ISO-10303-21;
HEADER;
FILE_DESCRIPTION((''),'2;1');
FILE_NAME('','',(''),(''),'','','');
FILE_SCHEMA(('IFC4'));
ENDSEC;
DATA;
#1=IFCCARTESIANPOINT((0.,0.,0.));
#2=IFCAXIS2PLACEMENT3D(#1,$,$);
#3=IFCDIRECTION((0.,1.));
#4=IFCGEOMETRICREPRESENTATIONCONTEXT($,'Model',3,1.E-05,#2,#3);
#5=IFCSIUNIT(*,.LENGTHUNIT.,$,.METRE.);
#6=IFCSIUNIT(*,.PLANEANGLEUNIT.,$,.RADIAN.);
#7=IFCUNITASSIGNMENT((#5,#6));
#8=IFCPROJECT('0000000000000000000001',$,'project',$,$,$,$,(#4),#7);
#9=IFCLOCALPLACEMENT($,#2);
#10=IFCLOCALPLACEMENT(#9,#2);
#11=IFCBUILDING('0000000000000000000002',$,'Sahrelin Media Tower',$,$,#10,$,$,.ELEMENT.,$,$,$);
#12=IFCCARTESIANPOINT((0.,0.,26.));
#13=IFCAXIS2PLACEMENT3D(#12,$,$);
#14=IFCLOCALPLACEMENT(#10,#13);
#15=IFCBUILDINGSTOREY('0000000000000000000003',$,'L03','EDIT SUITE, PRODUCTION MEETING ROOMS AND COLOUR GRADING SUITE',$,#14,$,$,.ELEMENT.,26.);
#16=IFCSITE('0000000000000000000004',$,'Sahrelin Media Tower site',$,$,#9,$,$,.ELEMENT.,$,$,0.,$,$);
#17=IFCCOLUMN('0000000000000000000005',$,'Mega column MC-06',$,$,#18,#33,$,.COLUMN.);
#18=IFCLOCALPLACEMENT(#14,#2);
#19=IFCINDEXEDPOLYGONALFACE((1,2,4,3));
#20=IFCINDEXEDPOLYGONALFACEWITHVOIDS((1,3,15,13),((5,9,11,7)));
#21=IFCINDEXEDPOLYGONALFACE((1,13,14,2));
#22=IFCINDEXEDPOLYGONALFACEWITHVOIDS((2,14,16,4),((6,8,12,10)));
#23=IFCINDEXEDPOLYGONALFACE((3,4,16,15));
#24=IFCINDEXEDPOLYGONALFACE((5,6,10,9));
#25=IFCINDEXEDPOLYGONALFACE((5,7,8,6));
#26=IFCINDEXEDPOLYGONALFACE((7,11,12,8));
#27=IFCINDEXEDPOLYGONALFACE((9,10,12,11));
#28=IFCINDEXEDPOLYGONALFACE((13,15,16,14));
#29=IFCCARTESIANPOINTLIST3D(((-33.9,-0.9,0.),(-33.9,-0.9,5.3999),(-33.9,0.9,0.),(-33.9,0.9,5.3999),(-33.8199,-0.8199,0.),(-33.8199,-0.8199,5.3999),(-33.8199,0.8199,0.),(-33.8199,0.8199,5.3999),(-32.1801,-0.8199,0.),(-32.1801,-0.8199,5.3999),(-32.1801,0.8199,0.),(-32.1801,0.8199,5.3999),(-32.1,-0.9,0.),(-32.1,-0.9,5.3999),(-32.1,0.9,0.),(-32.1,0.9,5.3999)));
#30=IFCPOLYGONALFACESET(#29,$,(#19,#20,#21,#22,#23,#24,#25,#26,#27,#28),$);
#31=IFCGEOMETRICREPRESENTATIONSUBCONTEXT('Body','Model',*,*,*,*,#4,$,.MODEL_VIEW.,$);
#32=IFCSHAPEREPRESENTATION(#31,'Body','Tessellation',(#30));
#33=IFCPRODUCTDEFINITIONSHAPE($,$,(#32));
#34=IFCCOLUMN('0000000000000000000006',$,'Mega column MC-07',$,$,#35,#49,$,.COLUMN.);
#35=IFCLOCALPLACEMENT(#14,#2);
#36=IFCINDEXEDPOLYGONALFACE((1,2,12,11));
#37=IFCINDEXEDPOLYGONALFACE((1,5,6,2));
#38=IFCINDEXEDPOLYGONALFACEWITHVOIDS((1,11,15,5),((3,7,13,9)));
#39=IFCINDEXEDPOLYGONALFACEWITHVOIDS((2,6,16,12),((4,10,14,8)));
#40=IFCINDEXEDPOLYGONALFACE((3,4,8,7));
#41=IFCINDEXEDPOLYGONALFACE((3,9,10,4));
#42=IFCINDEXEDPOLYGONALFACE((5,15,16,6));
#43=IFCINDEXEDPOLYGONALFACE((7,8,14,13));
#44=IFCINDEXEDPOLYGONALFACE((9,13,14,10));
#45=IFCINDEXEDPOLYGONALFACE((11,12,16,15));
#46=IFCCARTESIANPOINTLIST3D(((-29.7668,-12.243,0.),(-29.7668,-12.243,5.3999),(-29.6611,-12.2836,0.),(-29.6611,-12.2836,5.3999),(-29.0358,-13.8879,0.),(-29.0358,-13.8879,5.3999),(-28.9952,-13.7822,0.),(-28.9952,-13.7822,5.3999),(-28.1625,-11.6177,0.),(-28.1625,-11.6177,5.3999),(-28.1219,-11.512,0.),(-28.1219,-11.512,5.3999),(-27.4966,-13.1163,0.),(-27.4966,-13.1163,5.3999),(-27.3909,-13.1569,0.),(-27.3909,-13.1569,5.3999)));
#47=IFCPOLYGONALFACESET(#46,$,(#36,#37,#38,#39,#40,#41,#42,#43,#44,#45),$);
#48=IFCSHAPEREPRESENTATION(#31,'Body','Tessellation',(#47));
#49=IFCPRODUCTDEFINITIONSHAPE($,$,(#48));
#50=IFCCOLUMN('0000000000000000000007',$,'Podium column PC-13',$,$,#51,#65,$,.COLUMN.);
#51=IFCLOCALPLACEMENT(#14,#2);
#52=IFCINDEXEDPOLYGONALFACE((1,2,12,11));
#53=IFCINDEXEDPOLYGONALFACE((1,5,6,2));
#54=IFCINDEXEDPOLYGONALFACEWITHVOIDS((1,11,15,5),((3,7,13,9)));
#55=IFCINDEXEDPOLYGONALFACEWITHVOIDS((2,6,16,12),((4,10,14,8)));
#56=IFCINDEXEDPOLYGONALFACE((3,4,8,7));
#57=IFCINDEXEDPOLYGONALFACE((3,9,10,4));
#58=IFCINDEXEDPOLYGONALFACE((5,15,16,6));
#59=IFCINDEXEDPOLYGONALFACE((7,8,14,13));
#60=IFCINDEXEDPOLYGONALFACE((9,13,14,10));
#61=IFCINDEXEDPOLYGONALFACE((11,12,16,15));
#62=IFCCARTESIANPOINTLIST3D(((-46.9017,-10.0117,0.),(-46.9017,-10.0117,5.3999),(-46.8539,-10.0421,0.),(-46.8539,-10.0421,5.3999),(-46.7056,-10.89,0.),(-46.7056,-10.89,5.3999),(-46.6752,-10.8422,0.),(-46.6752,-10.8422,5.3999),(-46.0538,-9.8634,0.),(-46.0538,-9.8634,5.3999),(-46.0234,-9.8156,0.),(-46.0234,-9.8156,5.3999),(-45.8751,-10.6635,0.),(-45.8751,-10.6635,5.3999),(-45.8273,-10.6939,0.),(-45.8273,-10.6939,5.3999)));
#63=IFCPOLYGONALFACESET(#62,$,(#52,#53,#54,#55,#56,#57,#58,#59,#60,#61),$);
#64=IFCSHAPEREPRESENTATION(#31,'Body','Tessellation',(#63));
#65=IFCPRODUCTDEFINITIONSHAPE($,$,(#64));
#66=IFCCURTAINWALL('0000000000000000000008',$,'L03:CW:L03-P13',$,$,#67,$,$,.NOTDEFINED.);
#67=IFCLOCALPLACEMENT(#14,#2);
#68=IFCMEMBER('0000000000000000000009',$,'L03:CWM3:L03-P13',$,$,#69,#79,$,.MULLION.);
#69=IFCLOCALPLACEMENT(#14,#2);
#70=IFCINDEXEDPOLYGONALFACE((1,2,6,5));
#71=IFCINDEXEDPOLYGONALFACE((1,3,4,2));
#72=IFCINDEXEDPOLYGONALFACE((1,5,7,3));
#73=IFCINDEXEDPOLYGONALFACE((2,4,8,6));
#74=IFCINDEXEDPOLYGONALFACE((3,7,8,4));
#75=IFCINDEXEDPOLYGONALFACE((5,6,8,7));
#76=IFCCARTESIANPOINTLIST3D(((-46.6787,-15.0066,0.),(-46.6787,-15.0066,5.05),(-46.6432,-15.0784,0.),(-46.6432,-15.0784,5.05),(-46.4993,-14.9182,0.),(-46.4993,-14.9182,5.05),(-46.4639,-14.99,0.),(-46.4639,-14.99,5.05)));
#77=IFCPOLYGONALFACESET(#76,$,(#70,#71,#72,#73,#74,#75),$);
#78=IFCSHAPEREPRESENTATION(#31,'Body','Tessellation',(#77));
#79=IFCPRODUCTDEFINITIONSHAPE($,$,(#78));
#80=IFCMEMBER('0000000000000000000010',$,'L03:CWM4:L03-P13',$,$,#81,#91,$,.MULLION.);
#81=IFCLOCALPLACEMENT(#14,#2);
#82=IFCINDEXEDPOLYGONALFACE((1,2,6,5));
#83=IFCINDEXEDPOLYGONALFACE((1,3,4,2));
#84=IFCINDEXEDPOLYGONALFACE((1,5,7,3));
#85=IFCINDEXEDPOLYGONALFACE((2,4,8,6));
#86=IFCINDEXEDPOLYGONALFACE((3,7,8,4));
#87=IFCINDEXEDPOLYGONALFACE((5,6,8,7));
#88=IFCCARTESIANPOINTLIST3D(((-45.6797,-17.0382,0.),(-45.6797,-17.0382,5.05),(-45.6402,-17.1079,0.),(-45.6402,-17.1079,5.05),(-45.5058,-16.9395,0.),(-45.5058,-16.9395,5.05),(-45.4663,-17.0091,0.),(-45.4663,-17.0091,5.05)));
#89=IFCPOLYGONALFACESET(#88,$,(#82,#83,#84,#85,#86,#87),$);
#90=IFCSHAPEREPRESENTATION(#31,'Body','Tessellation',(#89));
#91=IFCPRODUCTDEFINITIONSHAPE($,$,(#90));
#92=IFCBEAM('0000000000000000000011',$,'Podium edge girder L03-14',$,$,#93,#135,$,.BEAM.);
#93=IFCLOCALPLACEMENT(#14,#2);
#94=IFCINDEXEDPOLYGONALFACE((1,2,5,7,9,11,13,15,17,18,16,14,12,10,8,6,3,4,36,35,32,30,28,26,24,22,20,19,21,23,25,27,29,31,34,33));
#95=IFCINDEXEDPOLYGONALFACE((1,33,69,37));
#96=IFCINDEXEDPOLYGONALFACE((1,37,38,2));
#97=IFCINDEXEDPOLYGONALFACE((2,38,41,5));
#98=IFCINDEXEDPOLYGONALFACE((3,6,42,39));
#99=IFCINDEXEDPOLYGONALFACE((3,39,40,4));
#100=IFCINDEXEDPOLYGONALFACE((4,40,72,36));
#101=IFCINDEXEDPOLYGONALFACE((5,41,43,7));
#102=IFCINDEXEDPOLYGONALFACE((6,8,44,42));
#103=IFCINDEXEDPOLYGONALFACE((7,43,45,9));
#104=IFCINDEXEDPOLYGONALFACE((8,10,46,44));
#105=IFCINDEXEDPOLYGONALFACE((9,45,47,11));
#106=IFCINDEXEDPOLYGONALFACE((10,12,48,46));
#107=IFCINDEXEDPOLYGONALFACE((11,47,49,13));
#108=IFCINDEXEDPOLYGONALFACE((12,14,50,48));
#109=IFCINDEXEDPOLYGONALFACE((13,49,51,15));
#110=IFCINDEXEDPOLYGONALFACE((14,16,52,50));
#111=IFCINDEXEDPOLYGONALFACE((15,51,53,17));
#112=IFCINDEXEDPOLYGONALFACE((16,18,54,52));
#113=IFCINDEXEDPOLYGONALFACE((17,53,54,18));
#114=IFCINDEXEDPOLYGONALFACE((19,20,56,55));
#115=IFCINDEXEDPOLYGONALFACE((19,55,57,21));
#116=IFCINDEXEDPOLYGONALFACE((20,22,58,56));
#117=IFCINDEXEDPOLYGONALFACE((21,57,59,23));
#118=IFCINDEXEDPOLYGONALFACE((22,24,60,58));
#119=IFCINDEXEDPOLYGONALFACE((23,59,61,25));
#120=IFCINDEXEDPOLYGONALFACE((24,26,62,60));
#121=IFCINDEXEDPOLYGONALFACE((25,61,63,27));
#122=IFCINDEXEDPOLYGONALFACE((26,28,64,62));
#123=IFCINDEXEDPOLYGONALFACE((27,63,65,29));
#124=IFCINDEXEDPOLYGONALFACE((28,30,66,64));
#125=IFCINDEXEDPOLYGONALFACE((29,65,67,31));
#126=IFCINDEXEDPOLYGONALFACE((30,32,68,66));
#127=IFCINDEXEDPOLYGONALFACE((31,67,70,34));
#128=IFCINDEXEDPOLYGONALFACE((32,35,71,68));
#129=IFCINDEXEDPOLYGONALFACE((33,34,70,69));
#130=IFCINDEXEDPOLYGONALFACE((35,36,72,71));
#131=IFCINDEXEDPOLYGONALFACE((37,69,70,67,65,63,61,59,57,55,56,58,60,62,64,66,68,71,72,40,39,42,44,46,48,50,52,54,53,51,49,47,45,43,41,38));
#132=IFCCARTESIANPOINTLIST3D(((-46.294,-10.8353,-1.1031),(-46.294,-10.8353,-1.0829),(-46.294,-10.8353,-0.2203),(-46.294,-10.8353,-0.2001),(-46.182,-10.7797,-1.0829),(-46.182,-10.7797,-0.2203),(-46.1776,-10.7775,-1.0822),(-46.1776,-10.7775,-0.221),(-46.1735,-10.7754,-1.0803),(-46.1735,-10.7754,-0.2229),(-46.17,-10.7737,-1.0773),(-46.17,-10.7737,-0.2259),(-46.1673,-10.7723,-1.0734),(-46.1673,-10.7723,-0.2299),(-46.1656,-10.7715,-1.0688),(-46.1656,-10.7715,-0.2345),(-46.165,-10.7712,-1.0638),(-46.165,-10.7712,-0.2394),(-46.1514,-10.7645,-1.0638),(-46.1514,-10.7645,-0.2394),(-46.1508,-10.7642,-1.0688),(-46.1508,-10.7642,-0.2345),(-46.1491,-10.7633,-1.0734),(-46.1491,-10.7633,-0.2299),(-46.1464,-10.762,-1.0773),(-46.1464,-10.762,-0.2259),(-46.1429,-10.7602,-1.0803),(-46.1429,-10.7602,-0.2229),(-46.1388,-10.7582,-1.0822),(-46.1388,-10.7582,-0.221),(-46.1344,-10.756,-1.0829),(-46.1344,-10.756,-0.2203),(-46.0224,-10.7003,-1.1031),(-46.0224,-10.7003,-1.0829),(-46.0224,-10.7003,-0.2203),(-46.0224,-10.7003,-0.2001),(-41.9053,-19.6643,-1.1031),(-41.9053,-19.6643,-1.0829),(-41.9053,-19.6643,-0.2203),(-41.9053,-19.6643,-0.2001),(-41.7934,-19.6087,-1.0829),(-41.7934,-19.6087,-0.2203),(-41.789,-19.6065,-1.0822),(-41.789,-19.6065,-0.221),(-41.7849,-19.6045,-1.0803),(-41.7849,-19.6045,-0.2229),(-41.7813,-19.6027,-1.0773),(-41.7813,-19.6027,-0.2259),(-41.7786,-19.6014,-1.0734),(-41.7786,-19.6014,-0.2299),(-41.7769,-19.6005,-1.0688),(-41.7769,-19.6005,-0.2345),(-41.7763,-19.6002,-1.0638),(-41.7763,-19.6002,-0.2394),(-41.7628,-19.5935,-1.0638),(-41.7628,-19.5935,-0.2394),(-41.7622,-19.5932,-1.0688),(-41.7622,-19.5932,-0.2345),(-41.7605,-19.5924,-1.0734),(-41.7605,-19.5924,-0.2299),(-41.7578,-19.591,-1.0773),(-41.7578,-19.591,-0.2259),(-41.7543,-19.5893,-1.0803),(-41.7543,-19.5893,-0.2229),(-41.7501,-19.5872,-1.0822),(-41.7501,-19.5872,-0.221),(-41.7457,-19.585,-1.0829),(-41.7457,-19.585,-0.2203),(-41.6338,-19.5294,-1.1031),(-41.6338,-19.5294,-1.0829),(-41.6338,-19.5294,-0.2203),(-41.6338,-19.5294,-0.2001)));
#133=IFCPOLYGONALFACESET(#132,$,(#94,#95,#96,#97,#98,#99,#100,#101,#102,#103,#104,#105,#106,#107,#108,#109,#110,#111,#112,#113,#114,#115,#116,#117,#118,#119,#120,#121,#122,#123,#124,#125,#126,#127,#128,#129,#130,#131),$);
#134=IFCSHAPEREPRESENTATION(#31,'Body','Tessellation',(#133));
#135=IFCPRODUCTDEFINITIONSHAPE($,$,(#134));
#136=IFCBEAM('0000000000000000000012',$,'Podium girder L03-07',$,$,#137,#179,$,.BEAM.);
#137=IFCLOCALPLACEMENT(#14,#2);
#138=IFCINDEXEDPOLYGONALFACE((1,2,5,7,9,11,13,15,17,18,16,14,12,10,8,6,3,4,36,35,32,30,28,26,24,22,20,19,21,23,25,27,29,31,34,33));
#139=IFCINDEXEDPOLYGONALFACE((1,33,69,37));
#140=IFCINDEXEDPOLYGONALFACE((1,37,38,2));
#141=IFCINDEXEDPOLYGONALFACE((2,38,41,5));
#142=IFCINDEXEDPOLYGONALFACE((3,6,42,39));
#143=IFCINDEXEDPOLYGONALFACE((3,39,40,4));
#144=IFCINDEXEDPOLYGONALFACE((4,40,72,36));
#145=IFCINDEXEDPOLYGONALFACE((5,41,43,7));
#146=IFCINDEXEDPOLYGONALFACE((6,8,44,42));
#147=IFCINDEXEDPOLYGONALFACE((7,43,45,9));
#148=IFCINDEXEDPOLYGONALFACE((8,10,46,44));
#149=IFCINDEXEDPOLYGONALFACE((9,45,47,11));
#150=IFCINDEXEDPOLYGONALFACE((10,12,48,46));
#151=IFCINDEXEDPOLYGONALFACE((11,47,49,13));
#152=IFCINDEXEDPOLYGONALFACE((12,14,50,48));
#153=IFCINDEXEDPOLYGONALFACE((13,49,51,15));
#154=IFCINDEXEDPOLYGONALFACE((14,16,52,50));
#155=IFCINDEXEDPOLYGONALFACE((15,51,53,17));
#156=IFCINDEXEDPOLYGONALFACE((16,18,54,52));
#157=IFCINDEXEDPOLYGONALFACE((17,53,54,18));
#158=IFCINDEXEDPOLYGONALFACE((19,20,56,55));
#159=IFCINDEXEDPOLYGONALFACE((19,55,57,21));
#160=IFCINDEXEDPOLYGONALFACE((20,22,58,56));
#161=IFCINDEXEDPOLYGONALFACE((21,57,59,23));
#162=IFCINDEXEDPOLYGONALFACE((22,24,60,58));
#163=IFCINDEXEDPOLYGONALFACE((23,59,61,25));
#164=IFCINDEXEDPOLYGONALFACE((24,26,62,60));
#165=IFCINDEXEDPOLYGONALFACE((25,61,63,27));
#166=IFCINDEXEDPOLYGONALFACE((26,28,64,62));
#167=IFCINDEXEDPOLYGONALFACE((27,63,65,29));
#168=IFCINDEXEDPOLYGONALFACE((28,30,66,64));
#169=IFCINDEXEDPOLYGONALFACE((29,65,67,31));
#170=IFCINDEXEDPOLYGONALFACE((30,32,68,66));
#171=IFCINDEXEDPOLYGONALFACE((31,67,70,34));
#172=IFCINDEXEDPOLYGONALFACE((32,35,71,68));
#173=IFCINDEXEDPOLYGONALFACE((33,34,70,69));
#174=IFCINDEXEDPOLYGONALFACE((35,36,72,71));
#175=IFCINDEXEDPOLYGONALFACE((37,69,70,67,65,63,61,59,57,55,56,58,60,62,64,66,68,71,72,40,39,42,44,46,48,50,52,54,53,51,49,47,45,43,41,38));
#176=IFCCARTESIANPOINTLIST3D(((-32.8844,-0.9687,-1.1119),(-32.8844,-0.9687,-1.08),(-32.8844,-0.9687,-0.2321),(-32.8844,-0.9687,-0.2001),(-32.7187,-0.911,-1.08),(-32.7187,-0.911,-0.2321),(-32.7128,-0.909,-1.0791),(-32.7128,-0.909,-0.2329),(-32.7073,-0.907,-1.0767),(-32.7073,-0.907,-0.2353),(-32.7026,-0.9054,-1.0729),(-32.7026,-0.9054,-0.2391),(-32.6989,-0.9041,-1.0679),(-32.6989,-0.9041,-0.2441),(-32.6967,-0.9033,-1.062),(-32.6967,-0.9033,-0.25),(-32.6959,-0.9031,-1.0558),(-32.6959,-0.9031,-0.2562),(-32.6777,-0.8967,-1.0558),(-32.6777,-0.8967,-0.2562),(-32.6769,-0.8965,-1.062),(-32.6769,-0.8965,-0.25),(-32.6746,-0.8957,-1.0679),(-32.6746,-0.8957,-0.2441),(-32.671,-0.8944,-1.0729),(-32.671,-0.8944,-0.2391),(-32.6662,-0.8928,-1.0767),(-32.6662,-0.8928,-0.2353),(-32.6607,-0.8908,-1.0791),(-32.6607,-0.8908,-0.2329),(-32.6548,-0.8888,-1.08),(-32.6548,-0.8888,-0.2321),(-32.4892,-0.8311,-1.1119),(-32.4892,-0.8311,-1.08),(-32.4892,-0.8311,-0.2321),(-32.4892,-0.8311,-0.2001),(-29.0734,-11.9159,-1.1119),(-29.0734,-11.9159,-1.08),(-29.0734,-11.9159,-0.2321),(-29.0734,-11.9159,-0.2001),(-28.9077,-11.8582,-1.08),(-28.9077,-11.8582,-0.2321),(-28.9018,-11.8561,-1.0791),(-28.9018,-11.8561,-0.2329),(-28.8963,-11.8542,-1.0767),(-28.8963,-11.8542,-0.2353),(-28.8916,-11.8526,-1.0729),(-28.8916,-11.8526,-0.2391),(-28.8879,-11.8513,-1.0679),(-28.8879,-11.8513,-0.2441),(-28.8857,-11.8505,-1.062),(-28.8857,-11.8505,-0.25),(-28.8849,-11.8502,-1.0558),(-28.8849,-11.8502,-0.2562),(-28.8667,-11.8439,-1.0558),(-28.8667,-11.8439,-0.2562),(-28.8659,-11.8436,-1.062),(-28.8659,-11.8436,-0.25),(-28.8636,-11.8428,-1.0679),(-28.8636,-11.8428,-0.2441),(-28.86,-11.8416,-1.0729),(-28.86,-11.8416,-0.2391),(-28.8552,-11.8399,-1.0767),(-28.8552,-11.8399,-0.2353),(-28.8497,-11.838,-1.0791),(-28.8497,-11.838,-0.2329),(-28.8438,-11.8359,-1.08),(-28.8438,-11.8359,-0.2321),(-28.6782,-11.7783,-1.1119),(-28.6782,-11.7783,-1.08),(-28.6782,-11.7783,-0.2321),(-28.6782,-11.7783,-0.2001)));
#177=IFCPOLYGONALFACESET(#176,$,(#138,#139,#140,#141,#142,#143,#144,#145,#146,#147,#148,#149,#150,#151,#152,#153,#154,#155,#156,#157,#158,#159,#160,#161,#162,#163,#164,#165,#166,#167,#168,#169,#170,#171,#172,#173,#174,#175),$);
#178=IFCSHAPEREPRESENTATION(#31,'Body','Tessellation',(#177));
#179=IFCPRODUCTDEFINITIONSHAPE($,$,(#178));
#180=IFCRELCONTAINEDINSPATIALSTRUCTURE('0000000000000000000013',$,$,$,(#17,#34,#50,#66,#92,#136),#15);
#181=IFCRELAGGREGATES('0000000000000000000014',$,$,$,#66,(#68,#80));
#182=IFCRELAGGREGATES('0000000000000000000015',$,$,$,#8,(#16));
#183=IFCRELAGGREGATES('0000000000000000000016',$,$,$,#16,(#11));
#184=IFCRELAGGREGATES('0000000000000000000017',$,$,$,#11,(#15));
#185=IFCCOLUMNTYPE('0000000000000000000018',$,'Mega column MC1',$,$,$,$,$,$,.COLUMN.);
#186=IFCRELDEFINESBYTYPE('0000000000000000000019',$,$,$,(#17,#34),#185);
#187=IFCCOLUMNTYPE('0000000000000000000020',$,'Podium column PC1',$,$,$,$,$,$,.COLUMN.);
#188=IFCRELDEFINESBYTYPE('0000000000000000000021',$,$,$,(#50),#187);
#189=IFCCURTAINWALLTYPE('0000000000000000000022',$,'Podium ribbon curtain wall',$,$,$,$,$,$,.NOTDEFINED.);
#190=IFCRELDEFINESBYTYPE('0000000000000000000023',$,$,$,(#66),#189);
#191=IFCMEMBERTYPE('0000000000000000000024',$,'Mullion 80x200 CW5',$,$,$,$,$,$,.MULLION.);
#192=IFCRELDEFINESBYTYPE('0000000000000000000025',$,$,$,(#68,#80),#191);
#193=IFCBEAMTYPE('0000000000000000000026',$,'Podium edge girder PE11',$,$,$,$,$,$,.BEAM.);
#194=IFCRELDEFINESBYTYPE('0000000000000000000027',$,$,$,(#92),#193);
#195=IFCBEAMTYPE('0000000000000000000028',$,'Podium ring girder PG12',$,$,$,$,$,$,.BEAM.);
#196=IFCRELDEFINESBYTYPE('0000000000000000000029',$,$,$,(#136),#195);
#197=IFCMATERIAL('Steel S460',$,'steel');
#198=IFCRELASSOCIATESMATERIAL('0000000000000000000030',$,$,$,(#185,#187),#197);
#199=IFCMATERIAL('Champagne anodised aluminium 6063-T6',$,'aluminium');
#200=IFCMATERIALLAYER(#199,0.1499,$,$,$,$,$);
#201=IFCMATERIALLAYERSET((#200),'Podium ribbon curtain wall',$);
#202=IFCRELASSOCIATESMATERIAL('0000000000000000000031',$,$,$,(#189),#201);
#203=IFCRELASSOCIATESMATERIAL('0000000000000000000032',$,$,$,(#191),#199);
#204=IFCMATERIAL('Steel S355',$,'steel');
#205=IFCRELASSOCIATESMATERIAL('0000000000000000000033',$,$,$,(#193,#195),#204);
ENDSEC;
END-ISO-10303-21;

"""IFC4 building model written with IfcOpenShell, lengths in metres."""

from ifc_helpers import new_model, si_unit, direction, frame, origin, origin_2d, place, context, subcontext, project, spatial, rectangle, hollow_rectangle, i_section, extrude, material, layer, layer_set, material_profile, profile_set, type_object, element, aggregate, save


model = new_model("IFC4")

# Units and contexts
model_context = context("Model", 3, precision=1e-05, world=origin(), true_north=direction((0.0, 1.0)))
body_context = subcontext(model_context, "Body", "Model", "MODEL_VIEW")
ifc_project = project(units=[si_unit("LENGTHUNIT", "METRE"), si_unit("PLANEANGLEUNIT", "RADIAN")], contexts=[model_context])

# Site, building, storey
site_placement = place(None, origin())
site = spatial("IfcSite", under=ifc_project, at=site_placement, Name="Sahrelin Media Tower site", CompositionType="ELEMENT", RefElevation=0.0)
building_placement = place(site_placement, origin())
building = spatial("IfcBuilding", under=site, at=building_placement, Name="Sahrelin Media Tower", CompositionType="ELEMENT")
storey_placement = place(building_placement, frame((0.0, 0.0, 26.0)))
storey = spatial("IfcBuildingStorey", under=building, at=storey_placement, Name="L03", Description="EDIT SUITE, PRODUCTION MEETING ROOMS AND COLOUR GRADING SUITE", CompositionType="ELEMENT", Elevation=26.0)

# Columns
ifc_material_1 = material(Name="Steel S460", Category="steel")
ifc_material_profile_1 = material_profile(ifc_material_1, hollow_rectangle(XDim=1.8, YDim=1.8, WallThickness=0.0801, at=origin_2d()), Name="Mega column MC1")
ifc_profile_set_1 = profile_set([ifc_material_profile_1], Name="Steel S460")
column_type_1 = type_object("IfcColumnType", Name="Mega column MC1", PredefinedType="COLUMN", material=ifc_profile_set_1)
for number, where, z_axis, x_axis, name in (
    (1, (-33.0, 0.0, 0.0), (0.0, 0.0, 1.0), (-1.0, 0.0, 0.0), "Mega column MC-06"),
    (2, (-28.5789, -12.7, 0.0), (0.0, 0.0, 1.0), (-0.913831, -0.406094, 0.0), "Mega column MC-07"),
):
    element("IfcColumn", number, at=place(storey_placement, frame(where, z_axis=z_axis, x_axis=x_axis)), inside=storey, type_object=column_type_1, Name=name, PredefinedType="COLUMN", context=body_context, shape_type="SweptSolid", body=[
        extrude(hollow_rectangle(XDim=1.8, YDim=1.8, WallThickness=0.0801, at=origin_2d()), origin(), (0.0, 0.0, 1.0), 5.3999),
    ])
ifc_material_profile_2 = material_profile(ifc_material_1, hollow_rectangle(XDim=0.8999, YDim=0.8999, WallThickness=0.04, at=origin_2d()), Name="Podium column PC1")
ifc_profile_set_2 = profile_set([ifc_material_profile_2], Name="Steel S460")
column_type_2 = type_object("IfcColumnType", Name="Podium column PC1", PredefinedType="COLUMN", material=ifc_profile_set_2)
column_placement = place(storey_placement, frame((-46.3645, -10.3528, 0.0), z_axis=(0.0, 0.0, 1.0), x_axis=(-0.975965, -0.217925, 0.0)))
element("IfcColumn", 3, at=column_placement, inside=storey, type_object=column_type_2, Name="Podium column PC-13", PredefinedType="COLUMN", context=body_context, shape_type="SweptSolid", body=[
    extrude(hollow_rectangle(XDim=0.8999, YDim=0.8999, WallThickness=0.04, at=origin_2d()), origin(), (0.0, 0.0, 1.0), 5.3999),
])

# Curtain wall, members
ifc_material_2 = material(Name="Champagne anodised aluminium 6063-T6", Category="aluminium")
ifc_layer_1 = layer(ifc_material_2, 0.1499)
ifc_layer_set_1 = layer_set([ifc_layer_1], Name="Podium ribbon curtain wall")
curtain_wall_type = type_object("IfcCurtainWallType", Name="Podium ribbon curtain wall", PredefinedType="NOTDEFINED", material=ifc_layer_set_1)
curtain_wall_placement = place(storey_placement, frame((-48.2964, -10.8704, 0.0), z_axis=(0.0, 0.0, 1.0), x_axis=(1.0, 0.0, 0.0)))
curtain_wall = element("IfcCurtainWall", 4, at=curtain_wall_placement, inside=storey, type_object=curtain_wall_type, Name="L03:CW:L03-P13", PredefinedType="NOTDEFINED")
ifc_material_profile_3 = material_profile(ifc_material_2, rectangle(XDim=0.0801, YDim=0.2, at=origin_2d()), Name="Mullion 80x200")
ifc_profile_set_3 = profile_set([ifc_material_profile_3], Name="Champagne anodised aluminium 6063-T6")
member_type_1 = type_object("IfcMemberType", Name="Mullion 80x200 CW5", PredefinedType="MULLION", material=ifc_profile_set_3)
member_1_placement = place(storey_placement, frame((-46.5713, -14.9983, 0.0), z_axis=(0.0, 0.0, 1.0), x_axis=(0.442262, -0.896886, 0.0)))
member_1 = element("IfcMember", 5, at=member_1_placement, type_object=member_type_1, Name="L03:CWM3:L03-P13", PredefinedType="MULLION", context=body_context, shape_type="SweptSolid", body=[
    extrude(rectangle(XDim=0.0801, YDim=0.2, at=origin_2d()), origin(), (0.0, 0.0, 1.0), 5.05),
])
member_2_placement = place(storey_placement, frame((-45.573, -17.0237, 0.0), z_axis=(0.0, 0.0, 1.0), x_axis=(0.493787, -0.869583, 0.0)))
member_2 = element("IfcMember", 6, at=member_2_placement, type_object=member_type_1, Name="L03:CWM4:L03-P13", PredefinedType="MULLION", context=body_context, shape_type="SweptSolid", body=[
    extrude(rectangle(XDim=0.0801, YDim=0.2, at=origin_2d()), origin(), (0.0, 0.0, 1.0), 5.05),
])

# Beams
ifc_material_3 = material(Name="Steel S355", Category="steel")
ifc_material_profile_4 = material_profile(ifc_material_3, i_section(OverallWidth=0.3032, OverallDepth=0.9031, WebThickness=0.0151, FlangeThickness=0.0203, FilletRadius=0.019, at=origin_2d()), Name="UB 914x305x201")
ifc_profile_set_4 = profile_set([ifc_material_profile_4], Name="Steel S355")
beam_type_1 = type_object("IfcBeamType", Name="Podium edge girder PE11", PredefinedType="BEAM", material=ifc_profile_set_4)
beam_1_placement = place(storey_placement, frame((-46.1582, -10.7678, -0.6516), z_axis=(0.445113, -0.895475, 0.0), x_axis=(0.895475, 0.445113, 0.0)))
element("IfcBeam", 7, at=beam_1_placement, inside=storey, type_object=beam_type_1, Name="Podium edge girder L03-14", PredefinedType="BEAM", context=body_context, shape_type="SweptSolid", body=[
    extrude(i_section(OverallWidth=0.3032, OverallDepth=0.9031, WebThickness=0.0151, FlangeThickness=0.0203, FilletRadius=0.019, at=origin_2d()), origin(), (0.0, 0.0, 1.0), 9.8596),
])
ifc_material_profile_5 = material_profile(ifc_material_3, i_section(OverallWidth=0.4185, OverallDepth=0.9119, WebThickness=0.0193, FlangeThickness=0.032, FilletRadius=0.0242, at=origin_2d()), Name="UB 914x419x343")
ifc_profile_set_5 = profile_set([ifc_material_profile_5], Name="Steel S355")
beam_type_2 = type_object("IfcBeamType", Name="Podium ring girder PG12", PredefinedType="BEAM", material=ifc_profile_set_5)
beam_2_placement = place(storey_placement, frame((-32.6868, -0.8999, -0.656), z_axis=(0.328774, -0.944409, 0.0), x_axis=(0.944409, 0.328774, 0.0)))
element("IfcBeam", 8, at=beam_2_placement, inside=storey, type_object=beam_type_2, Name="Podium girder L03-07", PredefinedType="BEAM", context=body_context, shape_type="SweptSolid", body=[
    extrude(i_section(OverallWidth=0.4185, OverallDepth=0.9119, WebThickness=0.0193, FlangeThickness=0.032, FilletRadius=0.0242, at=origin_2d()), origin(), (0.0, 0.0, 1.0), 11.5916),
])

aggregate(curtain_wall, [member_1, member_2])

save(model, "model.ifc")
